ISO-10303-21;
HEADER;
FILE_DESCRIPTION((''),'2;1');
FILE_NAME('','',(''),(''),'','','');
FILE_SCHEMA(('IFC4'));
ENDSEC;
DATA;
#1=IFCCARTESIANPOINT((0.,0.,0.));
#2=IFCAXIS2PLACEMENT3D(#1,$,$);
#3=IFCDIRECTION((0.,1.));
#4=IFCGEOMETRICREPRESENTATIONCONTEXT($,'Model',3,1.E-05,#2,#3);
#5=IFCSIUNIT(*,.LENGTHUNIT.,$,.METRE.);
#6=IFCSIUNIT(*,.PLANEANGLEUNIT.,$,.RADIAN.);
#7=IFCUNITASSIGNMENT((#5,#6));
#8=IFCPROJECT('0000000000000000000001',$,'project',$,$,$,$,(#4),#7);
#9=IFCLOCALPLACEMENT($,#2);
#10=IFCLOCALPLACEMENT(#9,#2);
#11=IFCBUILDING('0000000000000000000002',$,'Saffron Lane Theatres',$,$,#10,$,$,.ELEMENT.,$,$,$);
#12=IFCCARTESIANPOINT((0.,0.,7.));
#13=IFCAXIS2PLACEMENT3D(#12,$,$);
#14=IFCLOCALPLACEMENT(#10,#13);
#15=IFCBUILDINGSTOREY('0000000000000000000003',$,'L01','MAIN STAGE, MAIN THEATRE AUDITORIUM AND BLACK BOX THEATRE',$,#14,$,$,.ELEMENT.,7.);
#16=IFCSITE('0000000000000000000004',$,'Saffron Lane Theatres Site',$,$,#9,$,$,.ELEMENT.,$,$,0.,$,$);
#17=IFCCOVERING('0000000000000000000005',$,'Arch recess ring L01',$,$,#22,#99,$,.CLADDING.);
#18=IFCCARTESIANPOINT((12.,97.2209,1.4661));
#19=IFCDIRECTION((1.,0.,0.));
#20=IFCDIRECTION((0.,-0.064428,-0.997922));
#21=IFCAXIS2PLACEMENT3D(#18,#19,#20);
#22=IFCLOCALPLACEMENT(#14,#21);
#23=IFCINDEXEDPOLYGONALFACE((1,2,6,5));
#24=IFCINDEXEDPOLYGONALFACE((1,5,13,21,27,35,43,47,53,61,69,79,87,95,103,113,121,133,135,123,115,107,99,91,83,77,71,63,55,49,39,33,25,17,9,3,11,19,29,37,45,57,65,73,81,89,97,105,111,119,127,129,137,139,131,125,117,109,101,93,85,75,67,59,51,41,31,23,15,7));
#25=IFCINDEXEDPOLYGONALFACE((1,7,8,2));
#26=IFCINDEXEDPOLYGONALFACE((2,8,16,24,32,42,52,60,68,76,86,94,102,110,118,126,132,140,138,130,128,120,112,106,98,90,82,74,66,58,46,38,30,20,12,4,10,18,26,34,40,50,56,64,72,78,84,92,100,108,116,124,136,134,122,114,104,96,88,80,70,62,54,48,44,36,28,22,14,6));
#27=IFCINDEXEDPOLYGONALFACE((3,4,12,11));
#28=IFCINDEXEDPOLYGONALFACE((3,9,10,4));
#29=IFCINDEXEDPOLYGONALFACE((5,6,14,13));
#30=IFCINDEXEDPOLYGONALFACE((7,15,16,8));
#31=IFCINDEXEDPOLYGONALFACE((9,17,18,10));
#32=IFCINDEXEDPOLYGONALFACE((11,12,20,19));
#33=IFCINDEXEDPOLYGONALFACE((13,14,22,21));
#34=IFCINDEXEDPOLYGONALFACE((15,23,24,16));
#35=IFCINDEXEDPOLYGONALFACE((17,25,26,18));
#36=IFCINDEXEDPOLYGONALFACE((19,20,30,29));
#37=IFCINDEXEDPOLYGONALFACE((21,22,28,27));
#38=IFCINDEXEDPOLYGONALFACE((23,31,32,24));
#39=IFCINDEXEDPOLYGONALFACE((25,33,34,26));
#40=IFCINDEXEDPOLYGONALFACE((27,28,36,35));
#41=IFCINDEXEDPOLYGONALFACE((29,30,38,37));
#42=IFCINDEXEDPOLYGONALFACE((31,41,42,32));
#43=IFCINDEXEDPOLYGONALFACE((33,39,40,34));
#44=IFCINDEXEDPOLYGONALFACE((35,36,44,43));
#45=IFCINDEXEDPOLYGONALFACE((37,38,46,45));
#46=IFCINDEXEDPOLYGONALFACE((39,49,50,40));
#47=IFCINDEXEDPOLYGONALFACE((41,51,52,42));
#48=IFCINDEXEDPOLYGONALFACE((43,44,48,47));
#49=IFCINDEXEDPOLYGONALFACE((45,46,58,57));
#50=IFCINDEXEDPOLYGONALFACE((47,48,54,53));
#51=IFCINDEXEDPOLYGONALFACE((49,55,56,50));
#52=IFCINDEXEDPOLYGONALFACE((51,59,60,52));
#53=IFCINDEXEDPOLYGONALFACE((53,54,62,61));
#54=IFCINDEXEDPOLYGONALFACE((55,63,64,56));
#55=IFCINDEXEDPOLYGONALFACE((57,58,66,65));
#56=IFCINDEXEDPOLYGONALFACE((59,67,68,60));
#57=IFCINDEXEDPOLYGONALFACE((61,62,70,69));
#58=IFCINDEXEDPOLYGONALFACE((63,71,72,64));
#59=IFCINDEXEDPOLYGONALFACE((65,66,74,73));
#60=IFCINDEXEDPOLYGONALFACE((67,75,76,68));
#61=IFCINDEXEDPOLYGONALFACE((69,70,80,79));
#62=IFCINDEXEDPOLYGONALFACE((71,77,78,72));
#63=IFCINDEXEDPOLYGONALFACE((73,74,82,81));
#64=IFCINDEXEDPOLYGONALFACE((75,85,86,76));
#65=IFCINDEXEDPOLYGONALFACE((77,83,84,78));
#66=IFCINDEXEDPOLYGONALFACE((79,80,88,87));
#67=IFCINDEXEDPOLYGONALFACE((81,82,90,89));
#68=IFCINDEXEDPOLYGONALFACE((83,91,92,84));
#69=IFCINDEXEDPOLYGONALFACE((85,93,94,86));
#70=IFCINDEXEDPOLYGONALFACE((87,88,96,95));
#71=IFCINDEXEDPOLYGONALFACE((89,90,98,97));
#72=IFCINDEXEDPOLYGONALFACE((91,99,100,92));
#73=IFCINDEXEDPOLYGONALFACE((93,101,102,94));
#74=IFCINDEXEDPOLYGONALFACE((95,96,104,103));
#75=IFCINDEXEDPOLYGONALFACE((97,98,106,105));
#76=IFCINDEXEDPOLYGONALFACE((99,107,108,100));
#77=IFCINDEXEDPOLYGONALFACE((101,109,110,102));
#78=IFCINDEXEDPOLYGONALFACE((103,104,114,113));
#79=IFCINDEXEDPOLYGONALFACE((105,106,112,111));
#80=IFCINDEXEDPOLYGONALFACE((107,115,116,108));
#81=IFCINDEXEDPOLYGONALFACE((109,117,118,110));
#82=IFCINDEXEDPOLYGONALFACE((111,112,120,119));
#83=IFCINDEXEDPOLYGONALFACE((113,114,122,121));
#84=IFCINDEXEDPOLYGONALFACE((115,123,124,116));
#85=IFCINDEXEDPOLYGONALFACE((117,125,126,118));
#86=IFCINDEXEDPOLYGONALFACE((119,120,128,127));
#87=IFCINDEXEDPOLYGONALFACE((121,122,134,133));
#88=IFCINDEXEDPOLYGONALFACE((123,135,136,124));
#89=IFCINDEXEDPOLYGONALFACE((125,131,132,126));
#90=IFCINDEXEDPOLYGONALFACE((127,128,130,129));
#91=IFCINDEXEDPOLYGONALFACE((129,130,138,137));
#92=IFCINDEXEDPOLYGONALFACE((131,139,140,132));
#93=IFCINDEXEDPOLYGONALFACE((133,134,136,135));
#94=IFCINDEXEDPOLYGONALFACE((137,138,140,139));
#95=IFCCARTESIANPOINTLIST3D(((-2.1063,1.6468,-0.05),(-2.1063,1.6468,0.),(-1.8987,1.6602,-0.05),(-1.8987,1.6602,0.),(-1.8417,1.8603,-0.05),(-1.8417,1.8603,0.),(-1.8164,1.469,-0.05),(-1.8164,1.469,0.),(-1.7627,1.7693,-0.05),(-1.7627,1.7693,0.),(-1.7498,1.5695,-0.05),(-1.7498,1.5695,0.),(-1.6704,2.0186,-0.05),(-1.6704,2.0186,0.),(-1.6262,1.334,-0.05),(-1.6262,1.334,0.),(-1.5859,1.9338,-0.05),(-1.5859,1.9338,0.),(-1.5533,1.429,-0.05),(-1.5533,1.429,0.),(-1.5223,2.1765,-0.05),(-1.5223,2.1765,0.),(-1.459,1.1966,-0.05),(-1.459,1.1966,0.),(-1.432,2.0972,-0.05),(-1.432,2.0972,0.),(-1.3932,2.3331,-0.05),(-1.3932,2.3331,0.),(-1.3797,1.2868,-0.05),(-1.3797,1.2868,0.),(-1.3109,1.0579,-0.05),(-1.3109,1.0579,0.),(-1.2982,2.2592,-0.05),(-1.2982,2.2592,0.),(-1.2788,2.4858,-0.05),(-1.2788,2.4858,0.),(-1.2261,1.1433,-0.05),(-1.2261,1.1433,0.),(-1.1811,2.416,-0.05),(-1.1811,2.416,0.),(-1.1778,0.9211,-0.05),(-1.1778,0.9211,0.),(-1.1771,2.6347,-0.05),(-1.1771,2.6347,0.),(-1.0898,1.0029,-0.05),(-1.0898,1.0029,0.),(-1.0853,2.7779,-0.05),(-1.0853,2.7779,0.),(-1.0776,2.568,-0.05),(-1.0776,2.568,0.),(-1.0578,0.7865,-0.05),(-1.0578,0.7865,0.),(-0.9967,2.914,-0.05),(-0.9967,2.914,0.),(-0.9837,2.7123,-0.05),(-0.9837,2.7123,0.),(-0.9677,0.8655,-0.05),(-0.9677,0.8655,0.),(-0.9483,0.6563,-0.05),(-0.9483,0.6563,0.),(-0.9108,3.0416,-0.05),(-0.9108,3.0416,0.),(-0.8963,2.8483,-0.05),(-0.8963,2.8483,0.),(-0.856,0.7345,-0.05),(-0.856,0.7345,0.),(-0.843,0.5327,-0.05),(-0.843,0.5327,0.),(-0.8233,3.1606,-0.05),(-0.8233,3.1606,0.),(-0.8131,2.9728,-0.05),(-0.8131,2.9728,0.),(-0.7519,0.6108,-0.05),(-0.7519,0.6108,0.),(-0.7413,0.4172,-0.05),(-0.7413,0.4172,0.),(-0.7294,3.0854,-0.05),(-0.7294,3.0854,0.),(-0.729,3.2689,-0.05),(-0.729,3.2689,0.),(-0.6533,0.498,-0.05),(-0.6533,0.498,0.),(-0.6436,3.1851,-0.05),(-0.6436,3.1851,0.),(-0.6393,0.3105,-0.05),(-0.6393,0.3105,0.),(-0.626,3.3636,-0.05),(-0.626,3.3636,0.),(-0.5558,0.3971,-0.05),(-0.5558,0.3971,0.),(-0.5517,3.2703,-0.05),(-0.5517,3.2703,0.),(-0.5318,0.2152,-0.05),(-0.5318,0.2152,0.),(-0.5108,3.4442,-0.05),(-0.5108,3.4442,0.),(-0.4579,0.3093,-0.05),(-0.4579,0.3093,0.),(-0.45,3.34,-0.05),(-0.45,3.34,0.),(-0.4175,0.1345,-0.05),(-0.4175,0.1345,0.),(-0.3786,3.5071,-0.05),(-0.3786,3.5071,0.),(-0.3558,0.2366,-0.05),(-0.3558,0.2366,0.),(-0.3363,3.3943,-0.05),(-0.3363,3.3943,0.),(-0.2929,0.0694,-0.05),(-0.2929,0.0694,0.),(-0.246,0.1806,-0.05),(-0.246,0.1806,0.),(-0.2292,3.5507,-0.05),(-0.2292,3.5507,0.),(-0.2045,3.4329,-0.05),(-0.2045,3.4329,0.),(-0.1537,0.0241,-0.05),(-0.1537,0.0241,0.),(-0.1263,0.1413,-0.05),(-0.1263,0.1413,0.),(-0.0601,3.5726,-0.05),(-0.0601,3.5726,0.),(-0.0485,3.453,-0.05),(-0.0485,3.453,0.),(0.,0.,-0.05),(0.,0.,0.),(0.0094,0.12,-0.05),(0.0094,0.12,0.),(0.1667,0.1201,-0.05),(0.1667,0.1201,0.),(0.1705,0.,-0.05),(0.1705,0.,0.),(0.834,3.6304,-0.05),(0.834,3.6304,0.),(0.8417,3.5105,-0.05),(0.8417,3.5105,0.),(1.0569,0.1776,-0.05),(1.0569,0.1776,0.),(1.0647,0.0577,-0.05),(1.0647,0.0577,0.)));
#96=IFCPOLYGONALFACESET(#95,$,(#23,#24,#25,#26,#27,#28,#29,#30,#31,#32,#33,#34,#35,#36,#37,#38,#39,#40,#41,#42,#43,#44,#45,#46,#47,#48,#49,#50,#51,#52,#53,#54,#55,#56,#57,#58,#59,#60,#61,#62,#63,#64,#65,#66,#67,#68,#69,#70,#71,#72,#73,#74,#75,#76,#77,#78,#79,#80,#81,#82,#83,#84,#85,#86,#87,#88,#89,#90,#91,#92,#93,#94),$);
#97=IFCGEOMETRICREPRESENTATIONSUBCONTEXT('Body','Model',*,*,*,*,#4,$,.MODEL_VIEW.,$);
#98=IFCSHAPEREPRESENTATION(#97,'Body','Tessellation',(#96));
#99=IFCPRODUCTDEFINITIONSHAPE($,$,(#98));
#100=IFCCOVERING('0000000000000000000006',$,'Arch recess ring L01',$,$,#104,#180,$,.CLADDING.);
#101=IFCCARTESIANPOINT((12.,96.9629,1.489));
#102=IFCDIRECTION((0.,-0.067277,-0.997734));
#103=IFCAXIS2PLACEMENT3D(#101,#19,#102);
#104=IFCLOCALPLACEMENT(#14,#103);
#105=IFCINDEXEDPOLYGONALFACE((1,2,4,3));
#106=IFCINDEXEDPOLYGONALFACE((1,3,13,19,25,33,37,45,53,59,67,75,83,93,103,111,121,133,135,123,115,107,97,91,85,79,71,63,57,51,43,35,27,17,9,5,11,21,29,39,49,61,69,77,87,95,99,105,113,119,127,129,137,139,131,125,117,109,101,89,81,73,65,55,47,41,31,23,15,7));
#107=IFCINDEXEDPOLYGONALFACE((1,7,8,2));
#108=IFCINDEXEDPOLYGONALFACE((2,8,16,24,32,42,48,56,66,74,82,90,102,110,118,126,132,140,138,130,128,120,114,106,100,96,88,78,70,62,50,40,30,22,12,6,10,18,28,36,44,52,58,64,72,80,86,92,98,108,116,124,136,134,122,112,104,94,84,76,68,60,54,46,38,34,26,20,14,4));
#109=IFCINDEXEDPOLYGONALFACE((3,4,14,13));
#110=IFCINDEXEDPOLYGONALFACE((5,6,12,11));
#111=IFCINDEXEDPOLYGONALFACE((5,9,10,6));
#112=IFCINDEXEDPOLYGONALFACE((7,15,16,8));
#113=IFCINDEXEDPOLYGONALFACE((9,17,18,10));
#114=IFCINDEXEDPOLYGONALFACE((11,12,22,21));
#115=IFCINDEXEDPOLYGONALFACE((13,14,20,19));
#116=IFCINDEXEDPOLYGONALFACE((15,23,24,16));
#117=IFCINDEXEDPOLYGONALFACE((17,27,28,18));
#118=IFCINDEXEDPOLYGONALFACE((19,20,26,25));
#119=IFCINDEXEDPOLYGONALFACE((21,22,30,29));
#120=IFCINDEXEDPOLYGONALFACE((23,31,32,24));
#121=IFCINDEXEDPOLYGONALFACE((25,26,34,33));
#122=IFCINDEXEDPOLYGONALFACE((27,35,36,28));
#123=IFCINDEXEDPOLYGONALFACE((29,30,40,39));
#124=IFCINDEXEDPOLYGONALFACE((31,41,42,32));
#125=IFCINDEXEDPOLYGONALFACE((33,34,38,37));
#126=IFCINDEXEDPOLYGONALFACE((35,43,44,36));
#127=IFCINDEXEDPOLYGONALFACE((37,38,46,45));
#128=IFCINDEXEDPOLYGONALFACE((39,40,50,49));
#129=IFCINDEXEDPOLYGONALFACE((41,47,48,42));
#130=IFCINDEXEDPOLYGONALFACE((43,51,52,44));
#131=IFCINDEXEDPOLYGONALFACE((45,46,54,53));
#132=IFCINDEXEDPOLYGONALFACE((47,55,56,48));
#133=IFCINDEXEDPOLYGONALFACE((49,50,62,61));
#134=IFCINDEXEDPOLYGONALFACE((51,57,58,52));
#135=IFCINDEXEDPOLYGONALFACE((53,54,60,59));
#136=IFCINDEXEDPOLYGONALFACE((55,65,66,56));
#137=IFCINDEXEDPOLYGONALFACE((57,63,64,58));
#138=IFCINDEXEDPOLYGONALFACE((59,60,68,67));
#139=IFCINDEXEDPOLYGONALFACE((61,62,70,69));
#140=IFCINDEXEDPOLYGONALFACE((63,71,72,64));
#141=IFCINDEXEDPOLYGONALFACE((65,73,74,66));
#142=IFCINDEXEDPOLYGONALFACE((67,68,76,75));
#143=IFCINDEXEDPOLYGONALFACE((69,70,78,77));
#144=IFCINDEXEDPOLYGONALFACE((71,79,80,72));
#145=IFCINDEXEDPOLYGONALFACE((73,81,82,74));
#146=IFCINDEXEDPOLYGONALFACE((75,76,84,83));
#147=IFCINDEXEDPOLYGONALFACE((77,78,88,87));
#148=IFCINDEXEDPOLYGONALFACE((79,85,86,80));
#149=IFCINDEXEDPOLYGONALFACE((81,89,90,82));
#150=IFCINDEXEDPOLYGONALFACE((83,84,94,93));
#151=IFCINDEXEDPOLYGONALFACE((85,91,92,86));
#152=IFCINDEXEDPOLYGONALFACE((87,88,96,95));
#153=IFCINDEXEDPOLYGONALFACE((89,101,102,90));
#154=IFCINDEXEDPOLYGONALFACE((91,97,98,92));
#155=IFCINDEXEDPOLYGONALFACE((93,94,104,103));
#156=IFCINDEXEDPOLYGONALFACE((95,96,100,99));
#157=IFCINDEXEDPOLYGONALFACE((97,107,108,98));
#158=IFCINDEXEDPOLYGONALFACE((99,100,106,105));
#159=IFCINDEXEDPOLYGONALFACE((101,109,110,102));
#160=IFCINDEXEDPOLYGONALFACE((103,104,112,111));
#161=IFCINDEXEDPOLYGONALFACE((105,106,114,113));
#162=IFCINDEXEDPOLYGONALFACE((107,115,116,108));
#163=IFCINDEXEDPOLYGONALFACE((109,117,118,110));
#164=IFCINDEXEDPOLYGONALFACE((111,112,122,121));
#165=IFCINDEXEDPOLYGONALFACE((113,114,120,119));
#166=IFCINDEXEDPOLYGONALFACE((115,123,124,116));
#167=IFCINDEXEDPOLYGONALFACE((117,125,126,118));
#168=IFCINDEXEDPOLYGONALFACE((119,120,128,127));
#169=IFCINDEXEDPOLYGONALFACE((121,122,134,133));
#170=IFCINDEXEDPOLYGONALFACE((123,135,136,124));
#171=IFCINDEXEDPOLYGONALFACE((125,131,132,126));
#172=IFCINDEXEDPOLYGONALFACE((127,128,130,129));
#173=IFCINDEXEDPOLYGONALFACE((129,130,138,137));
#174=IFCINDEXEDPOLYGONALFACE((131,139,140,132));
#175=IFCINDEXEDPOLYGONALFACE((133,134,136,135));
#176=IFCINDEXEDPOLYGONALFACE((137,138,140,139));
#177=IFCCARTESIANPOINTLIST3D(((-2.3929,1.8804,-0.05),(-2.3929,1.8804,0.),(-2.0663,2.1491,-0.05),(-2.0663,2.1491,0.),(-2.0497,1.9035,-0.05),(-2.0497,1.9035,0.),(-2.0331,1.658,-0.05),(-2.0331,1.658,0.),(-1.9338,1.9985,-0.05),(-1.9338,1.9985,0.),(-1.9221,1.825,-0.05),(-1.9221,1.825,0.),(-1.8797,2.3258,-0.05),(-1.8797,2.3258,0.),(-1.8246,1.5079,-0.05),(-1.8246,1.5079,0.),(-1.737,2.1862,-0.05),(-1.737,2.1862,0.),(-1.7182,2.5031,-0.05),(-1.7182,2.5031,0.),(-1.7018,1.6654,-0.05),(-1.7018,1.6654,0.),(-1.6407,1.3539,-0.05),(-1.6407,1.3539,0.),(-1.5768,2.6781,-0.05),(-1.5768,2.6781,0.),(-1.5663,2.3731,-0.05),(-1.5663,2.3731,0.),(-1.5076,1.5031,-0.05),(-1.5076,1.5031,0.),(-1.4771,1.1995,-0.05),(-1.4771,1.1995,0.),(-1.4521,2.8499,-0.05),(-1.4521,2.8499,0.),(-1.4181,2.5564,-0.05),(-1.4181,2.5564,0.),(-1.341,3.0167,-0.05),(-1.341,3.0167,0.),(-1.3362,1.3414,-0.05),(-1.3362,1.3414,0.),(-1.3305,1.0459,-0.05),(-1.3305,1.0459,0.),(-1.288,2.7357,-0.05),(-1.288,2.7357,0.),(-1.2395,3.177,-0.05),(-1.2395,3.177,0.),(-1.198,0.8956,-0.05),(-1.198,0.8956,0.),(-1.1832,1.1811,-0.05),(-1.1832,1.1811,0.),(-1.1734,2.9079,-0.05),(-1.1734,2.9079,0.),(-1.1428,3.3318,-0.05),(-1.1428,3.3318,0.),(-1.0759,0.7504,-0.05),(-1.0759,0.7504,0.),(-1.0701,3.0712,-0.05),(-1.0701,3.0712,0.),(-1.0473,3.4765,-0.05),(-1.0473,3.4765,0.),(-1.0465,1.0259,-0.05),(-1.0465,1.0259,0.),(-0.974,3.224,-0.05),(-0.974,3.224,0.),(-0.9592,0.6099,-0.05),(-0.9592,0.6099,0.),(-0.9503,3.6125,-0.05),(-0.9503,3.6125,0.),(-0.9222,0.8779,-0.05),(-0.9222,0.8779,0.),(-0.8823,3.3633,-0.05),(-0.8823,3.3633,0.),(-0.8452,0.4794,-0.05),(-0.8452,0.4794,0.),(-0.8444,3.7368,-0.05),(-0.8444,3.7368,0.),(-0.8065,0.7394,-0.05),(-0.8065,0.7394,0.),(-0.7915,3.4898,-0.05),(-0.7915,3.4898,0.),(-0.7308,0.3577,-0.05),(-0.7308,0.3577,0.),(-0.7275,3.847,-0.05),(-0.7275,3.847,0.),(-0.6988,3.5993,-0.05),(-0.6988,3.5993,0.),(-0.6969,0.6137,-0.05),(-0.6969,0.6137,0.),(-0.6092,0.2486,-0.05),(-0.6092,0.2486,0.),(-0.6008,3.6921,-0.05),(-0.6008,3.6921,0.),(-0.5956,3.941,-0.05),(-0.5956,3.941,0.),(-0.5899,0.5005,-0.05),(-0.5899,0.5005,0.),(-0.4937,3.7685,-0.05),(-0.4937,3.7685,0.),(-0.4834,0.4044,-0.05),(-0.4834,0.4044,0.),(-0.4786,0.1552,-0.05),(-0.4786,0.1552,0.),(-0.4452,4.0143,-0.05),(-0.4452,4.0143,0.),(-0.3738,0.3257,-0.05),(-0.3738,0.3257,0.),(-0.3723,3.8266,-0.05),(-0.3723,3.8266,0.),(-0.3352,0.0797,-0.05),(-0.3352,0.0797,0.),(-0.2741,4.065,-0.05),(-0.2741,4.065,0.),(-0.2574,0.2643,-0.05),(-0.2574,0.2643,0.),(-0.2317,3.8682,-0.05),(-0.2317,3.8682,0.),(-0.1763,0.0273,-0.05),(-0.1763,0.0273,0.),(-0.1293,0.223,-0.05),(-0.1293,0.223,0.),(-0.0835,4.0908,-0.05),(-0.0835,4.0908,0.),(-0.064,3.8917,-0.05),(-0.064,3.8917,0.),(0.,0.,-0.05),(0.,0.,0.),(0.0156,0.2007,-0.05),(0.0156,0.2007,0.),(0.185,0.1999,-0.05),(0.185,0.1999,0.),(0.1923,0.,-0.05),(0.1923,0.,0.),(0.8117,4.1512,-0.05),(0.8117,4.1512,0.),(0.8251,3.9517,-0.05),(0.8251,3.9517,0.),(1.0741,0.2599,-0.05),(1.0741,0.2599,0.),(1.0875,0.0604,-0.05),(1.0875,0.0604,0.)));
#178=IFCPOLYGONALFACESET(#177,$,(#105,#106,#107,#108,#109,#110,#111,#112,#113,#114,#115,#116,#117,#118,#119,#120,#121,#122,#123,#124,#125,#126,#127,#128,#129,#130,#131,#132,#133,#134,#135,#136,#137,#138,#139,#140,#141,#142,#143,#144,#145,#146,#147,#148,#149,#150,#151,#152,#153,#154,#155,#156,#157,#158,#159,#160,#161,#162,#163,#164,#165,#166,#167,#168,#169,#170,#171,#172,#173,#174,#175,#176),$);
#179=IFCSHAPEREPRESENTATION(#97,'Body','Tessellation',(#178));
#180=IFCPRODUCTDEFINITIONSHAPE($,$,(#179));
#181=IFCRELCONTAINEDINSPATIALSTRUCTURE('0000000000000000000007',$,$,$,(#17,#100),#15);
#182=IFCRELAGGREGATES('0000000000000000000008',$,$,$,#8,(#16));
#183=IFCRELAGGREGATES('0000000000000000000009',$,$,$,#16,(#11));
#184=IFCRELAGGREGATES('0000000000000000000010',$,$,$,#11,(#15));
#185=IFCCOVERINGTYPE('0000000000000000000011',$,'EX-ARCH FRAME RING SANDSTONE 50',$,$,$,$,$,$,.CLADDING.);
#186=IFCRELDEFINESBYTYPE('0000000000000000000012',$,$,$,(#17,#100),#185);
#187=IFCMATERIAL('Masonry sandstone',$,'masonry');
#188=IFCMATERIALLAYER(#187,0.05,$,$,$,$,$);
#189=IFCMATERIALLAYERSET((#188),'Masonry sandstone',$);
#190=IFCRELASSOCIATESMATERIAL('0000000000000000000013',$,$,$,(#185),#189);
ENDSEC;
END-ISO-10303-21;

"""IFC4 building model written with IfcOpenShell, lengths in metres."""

from ifc_helpers import new_model, si_unit, direction, frame, origin, place, context, subcontext, project, spatial, polyline, outline, extrude, material, layer, layer_set, type_object, element, save


model = new_model("IFC4")

# Units and contexts
model_context = context("Model", 3, precision=1e-05, world=origin(), true_north=direction((0.0, 1.0)))
body_context = subcontext(model_context, "Body", "Model", "MODEL_VIEW")
ifc_project = project(units=[si_unit("LENGTHUNIT", "METRE"), si_unit("PLANEANGLEUNIT", "RADIAN")], contexts=[model_context])

# Site, building, storey
site_placement = place(None, origin())
site = spatial("IfcSite", under=ifc_project, at=site_placement, Name="Saffron Lane Theatres Site", CompositionType="ELEMENT", RefElevation=0.0)
building_placement = place(site_placement, origin())
building = spatial("IfcBuilding", under=site, at=building_placement, Name="Saffron Lane Theatres", CompositionType="ELEMENT")
storey_placement = place(building_placement, frame((0.0, 0.0, 7.0)))
storey = spatial("IfcBuildingStorey", under=building, at=storey_placement, Name="L01", Description="MAIN STAGE, MAIN THEATRE AUDITORIUM AND BLACK BOX THEATRE", CompositionType="ELEMENT", Elevation=7.0)

# Coverings
ifc_material_1 = material(Name="Masonry sandstone", Category="masonry")
ifc_layer_1 = layer(ifc_material_1, 0.05)
ifc_layer_set_1 = layer_set([ifc_layer_1], Name="Masonry sandstone")
covering_type = type_object("IfcCoveringType", Name="EX-ARCH FRAME RING SANDSTONE 50", PredefinedType="CLADDING", material=ifc_layer_set_1)
covering_1_placement = place(storey_placement, frame((12.0, 97.2209, 1.4661), z_axis=(1.0, 0.0, 0.0), x_axis=(0.0, -0.064428, -0.997922)))
element("IfcCovering", 1, at=covering_1_placement, inside=storey, type_object=covering_type, Name="Arch recess ring L01", PredefinedType="CLADDING", context=body_context, shape_type="SweptSolid", body=[
    extrude(outline(polyline([(0.0, 0.0), (0.1705, 0.0), (1.0647, 0.0577), (1.0569, 0.1776), (0.1667, 0.1201), (0.0094, 0.12), (-0.1263, 0.1413), (-0.246, 0.1806), (-0.3558, 0.2366), (-0.4579, 0.3093), (-0.5558, 0.3971), (-0.6533, 0.498), (-0.7519, 0.6108), (-0.856, 0.7345), (-0.9677, 0.8655), (-1.0898, 1.0029), (-1.2261, 1.1433), (-1.3797, 1.2868), (-1.5533, 1.429), (-1.7498, 1.5695), (-1.8987, 1.6602), (-1.7627, 1.7693), (-1.5859, 1.9338), (-1.432, 2.0972), (-1.2982, 2.2592), (-1.1811, 2.416), (-1.0776, 2.568), (-0.9837, 2.7123), (-0.8963, 2.8483), (-0.8131, 2.9728), (-0.7294, 3.0854), (-0.6436, 3.1851), (-0.5517, 3.2703), (-0.45, 3.34), (-0.3363, 3.3943), (-0.2045, 3.4329), (-0.0485, 3.453), (0.8417, 3.5105), (0.834, 3.6304), (-0.0601, 3.5726), (-0.2292, 3.5507), (-0.3786, 3.5071), (-0.5108, 3.4442), (-0.626, 3.3636), (-0.729, 3.2689), (-0.8233, 3.1606), (-0.9108, 3.0416), (-0.9967, 2.914), (-1.0853, 2.7779), (-1.1771, 2.6347), (-1.2788, 2.4858), (-1.3932, 2.3331), (-1.5223, 2.1765), (-1.6704, 2.0186), (-1.8417, 1.8603), (-2.1063, 1.6468), (-1.8164, 1.469), (-1.6262, 1.334), (-1.459, 1.1966), (-1.3109, 1.0579), (-1.1778, 0.9211), (-1.0578, 0.7865), (-0.9483, 0.6563), (-0.843, 0.5327), (-0.7413, 0.4172), (-0.6393, 0.3105), (-0.5318, 0.2152), (-0.4175, 0.1345), (-0.2929, 0.0694), (-0.1537, 0.0241), (0.0, 0.0)])), origin(), (0.0, 0.0, -1.0), 0.05),
])
covering_2_placement = place(storey_placement, frame((12.0, 96.9629, 1.489), z_axis=(1.0, 0.0, 0.0), x_axis=(0.0, -0.067277, -0.997734)))
element("IfcCovering", 2, at=covering_2_placement, inside=storey, type_object=covering_type, Name="Arch recess ring L01", PredefinedType="CLADDING", context=body_context, shape_type="SweptSolid", body=[
    extrude(outline(polyline([(0.0, 0.0), (0.1923, 0.0), (1.0875, 0.0604), (1.0741, 0.2599), (0.185, 0.1999), (0.0156, 0.2007), (-0.1293, 0.223), (-0.2574, 0.2643), (-0.3738, 0.3257), (-0.4834, 0.4044), (-0.5899, 0.5005), (-0.6969, 0.6137), (-0.8065, 0.7394), (-0.9222, 0.8779), (-1.0465, 1.0259), (-1.1832, 1.1811), (-1.3362, 1.3414), (-1.5076, 1.5031), (-1.7018, 1.6654), (-1.9221, 1.825), (-2.0497, 1.9035), (-1.9338, 1.9985), (-1.737, 2.1862), (-1.5663, 2.3731), (-1.4181, 2.5564), (-1.288, 2.7357), (-1.1734, 2.9079), (-1.0701, 3.0712), (-0.974, 3.224), (-0.8823, 3.3633), (-0.7915, 3.4898), (-0.6988, 3.5993), (-0.6008, 3.6921), (-0.4937, 3.7685), (-0.3723, 3.8266), (-0.2317, 3.8682), (-0.064, 3.8917), (0.8251, 3.9517), (0.8117, 4.1512), (-0.0835, 4.0908), (-0.2741, 4.065), (-0.4452, 4.0143), (-0.5956, 3.941), (-0.7275, 3.847), (-0.8444, 3.7368), (-0.9503, 3.6125), (-1.0473, 3.4765), (-1.1428, 3.3318), (-1.2395, 3.177), (-1.341, 3.0167), (-1.4521, 2.8499), (-1.5768, 2.6781), (-1.7182, 2.5031), (-1.8797, 2.3258), (-2.0663, 2.1491), (-2.3929, 1.8804), (-2.0331, 1.658), (-1.8246, 1.5079), (-1.6407, 1.3539), (-1.4771, 1.1995), (-1.3305, 1.0459), (-1.198, 0.8956), (-1.0759, 0.7504), (-0.9592, 0.6099), (-0.8452, 0.4794), (-0.7308, 0.3577), (-0.6092, 0.2486), (-0.4786, 0.1552), (-0.3352, 0.0797), (-0.1763, 0.0273), (0.0, 0.0)])), origin(), (0.0, 0.0, -1.0), 0.05),
])

save(model, "model.ifc")
